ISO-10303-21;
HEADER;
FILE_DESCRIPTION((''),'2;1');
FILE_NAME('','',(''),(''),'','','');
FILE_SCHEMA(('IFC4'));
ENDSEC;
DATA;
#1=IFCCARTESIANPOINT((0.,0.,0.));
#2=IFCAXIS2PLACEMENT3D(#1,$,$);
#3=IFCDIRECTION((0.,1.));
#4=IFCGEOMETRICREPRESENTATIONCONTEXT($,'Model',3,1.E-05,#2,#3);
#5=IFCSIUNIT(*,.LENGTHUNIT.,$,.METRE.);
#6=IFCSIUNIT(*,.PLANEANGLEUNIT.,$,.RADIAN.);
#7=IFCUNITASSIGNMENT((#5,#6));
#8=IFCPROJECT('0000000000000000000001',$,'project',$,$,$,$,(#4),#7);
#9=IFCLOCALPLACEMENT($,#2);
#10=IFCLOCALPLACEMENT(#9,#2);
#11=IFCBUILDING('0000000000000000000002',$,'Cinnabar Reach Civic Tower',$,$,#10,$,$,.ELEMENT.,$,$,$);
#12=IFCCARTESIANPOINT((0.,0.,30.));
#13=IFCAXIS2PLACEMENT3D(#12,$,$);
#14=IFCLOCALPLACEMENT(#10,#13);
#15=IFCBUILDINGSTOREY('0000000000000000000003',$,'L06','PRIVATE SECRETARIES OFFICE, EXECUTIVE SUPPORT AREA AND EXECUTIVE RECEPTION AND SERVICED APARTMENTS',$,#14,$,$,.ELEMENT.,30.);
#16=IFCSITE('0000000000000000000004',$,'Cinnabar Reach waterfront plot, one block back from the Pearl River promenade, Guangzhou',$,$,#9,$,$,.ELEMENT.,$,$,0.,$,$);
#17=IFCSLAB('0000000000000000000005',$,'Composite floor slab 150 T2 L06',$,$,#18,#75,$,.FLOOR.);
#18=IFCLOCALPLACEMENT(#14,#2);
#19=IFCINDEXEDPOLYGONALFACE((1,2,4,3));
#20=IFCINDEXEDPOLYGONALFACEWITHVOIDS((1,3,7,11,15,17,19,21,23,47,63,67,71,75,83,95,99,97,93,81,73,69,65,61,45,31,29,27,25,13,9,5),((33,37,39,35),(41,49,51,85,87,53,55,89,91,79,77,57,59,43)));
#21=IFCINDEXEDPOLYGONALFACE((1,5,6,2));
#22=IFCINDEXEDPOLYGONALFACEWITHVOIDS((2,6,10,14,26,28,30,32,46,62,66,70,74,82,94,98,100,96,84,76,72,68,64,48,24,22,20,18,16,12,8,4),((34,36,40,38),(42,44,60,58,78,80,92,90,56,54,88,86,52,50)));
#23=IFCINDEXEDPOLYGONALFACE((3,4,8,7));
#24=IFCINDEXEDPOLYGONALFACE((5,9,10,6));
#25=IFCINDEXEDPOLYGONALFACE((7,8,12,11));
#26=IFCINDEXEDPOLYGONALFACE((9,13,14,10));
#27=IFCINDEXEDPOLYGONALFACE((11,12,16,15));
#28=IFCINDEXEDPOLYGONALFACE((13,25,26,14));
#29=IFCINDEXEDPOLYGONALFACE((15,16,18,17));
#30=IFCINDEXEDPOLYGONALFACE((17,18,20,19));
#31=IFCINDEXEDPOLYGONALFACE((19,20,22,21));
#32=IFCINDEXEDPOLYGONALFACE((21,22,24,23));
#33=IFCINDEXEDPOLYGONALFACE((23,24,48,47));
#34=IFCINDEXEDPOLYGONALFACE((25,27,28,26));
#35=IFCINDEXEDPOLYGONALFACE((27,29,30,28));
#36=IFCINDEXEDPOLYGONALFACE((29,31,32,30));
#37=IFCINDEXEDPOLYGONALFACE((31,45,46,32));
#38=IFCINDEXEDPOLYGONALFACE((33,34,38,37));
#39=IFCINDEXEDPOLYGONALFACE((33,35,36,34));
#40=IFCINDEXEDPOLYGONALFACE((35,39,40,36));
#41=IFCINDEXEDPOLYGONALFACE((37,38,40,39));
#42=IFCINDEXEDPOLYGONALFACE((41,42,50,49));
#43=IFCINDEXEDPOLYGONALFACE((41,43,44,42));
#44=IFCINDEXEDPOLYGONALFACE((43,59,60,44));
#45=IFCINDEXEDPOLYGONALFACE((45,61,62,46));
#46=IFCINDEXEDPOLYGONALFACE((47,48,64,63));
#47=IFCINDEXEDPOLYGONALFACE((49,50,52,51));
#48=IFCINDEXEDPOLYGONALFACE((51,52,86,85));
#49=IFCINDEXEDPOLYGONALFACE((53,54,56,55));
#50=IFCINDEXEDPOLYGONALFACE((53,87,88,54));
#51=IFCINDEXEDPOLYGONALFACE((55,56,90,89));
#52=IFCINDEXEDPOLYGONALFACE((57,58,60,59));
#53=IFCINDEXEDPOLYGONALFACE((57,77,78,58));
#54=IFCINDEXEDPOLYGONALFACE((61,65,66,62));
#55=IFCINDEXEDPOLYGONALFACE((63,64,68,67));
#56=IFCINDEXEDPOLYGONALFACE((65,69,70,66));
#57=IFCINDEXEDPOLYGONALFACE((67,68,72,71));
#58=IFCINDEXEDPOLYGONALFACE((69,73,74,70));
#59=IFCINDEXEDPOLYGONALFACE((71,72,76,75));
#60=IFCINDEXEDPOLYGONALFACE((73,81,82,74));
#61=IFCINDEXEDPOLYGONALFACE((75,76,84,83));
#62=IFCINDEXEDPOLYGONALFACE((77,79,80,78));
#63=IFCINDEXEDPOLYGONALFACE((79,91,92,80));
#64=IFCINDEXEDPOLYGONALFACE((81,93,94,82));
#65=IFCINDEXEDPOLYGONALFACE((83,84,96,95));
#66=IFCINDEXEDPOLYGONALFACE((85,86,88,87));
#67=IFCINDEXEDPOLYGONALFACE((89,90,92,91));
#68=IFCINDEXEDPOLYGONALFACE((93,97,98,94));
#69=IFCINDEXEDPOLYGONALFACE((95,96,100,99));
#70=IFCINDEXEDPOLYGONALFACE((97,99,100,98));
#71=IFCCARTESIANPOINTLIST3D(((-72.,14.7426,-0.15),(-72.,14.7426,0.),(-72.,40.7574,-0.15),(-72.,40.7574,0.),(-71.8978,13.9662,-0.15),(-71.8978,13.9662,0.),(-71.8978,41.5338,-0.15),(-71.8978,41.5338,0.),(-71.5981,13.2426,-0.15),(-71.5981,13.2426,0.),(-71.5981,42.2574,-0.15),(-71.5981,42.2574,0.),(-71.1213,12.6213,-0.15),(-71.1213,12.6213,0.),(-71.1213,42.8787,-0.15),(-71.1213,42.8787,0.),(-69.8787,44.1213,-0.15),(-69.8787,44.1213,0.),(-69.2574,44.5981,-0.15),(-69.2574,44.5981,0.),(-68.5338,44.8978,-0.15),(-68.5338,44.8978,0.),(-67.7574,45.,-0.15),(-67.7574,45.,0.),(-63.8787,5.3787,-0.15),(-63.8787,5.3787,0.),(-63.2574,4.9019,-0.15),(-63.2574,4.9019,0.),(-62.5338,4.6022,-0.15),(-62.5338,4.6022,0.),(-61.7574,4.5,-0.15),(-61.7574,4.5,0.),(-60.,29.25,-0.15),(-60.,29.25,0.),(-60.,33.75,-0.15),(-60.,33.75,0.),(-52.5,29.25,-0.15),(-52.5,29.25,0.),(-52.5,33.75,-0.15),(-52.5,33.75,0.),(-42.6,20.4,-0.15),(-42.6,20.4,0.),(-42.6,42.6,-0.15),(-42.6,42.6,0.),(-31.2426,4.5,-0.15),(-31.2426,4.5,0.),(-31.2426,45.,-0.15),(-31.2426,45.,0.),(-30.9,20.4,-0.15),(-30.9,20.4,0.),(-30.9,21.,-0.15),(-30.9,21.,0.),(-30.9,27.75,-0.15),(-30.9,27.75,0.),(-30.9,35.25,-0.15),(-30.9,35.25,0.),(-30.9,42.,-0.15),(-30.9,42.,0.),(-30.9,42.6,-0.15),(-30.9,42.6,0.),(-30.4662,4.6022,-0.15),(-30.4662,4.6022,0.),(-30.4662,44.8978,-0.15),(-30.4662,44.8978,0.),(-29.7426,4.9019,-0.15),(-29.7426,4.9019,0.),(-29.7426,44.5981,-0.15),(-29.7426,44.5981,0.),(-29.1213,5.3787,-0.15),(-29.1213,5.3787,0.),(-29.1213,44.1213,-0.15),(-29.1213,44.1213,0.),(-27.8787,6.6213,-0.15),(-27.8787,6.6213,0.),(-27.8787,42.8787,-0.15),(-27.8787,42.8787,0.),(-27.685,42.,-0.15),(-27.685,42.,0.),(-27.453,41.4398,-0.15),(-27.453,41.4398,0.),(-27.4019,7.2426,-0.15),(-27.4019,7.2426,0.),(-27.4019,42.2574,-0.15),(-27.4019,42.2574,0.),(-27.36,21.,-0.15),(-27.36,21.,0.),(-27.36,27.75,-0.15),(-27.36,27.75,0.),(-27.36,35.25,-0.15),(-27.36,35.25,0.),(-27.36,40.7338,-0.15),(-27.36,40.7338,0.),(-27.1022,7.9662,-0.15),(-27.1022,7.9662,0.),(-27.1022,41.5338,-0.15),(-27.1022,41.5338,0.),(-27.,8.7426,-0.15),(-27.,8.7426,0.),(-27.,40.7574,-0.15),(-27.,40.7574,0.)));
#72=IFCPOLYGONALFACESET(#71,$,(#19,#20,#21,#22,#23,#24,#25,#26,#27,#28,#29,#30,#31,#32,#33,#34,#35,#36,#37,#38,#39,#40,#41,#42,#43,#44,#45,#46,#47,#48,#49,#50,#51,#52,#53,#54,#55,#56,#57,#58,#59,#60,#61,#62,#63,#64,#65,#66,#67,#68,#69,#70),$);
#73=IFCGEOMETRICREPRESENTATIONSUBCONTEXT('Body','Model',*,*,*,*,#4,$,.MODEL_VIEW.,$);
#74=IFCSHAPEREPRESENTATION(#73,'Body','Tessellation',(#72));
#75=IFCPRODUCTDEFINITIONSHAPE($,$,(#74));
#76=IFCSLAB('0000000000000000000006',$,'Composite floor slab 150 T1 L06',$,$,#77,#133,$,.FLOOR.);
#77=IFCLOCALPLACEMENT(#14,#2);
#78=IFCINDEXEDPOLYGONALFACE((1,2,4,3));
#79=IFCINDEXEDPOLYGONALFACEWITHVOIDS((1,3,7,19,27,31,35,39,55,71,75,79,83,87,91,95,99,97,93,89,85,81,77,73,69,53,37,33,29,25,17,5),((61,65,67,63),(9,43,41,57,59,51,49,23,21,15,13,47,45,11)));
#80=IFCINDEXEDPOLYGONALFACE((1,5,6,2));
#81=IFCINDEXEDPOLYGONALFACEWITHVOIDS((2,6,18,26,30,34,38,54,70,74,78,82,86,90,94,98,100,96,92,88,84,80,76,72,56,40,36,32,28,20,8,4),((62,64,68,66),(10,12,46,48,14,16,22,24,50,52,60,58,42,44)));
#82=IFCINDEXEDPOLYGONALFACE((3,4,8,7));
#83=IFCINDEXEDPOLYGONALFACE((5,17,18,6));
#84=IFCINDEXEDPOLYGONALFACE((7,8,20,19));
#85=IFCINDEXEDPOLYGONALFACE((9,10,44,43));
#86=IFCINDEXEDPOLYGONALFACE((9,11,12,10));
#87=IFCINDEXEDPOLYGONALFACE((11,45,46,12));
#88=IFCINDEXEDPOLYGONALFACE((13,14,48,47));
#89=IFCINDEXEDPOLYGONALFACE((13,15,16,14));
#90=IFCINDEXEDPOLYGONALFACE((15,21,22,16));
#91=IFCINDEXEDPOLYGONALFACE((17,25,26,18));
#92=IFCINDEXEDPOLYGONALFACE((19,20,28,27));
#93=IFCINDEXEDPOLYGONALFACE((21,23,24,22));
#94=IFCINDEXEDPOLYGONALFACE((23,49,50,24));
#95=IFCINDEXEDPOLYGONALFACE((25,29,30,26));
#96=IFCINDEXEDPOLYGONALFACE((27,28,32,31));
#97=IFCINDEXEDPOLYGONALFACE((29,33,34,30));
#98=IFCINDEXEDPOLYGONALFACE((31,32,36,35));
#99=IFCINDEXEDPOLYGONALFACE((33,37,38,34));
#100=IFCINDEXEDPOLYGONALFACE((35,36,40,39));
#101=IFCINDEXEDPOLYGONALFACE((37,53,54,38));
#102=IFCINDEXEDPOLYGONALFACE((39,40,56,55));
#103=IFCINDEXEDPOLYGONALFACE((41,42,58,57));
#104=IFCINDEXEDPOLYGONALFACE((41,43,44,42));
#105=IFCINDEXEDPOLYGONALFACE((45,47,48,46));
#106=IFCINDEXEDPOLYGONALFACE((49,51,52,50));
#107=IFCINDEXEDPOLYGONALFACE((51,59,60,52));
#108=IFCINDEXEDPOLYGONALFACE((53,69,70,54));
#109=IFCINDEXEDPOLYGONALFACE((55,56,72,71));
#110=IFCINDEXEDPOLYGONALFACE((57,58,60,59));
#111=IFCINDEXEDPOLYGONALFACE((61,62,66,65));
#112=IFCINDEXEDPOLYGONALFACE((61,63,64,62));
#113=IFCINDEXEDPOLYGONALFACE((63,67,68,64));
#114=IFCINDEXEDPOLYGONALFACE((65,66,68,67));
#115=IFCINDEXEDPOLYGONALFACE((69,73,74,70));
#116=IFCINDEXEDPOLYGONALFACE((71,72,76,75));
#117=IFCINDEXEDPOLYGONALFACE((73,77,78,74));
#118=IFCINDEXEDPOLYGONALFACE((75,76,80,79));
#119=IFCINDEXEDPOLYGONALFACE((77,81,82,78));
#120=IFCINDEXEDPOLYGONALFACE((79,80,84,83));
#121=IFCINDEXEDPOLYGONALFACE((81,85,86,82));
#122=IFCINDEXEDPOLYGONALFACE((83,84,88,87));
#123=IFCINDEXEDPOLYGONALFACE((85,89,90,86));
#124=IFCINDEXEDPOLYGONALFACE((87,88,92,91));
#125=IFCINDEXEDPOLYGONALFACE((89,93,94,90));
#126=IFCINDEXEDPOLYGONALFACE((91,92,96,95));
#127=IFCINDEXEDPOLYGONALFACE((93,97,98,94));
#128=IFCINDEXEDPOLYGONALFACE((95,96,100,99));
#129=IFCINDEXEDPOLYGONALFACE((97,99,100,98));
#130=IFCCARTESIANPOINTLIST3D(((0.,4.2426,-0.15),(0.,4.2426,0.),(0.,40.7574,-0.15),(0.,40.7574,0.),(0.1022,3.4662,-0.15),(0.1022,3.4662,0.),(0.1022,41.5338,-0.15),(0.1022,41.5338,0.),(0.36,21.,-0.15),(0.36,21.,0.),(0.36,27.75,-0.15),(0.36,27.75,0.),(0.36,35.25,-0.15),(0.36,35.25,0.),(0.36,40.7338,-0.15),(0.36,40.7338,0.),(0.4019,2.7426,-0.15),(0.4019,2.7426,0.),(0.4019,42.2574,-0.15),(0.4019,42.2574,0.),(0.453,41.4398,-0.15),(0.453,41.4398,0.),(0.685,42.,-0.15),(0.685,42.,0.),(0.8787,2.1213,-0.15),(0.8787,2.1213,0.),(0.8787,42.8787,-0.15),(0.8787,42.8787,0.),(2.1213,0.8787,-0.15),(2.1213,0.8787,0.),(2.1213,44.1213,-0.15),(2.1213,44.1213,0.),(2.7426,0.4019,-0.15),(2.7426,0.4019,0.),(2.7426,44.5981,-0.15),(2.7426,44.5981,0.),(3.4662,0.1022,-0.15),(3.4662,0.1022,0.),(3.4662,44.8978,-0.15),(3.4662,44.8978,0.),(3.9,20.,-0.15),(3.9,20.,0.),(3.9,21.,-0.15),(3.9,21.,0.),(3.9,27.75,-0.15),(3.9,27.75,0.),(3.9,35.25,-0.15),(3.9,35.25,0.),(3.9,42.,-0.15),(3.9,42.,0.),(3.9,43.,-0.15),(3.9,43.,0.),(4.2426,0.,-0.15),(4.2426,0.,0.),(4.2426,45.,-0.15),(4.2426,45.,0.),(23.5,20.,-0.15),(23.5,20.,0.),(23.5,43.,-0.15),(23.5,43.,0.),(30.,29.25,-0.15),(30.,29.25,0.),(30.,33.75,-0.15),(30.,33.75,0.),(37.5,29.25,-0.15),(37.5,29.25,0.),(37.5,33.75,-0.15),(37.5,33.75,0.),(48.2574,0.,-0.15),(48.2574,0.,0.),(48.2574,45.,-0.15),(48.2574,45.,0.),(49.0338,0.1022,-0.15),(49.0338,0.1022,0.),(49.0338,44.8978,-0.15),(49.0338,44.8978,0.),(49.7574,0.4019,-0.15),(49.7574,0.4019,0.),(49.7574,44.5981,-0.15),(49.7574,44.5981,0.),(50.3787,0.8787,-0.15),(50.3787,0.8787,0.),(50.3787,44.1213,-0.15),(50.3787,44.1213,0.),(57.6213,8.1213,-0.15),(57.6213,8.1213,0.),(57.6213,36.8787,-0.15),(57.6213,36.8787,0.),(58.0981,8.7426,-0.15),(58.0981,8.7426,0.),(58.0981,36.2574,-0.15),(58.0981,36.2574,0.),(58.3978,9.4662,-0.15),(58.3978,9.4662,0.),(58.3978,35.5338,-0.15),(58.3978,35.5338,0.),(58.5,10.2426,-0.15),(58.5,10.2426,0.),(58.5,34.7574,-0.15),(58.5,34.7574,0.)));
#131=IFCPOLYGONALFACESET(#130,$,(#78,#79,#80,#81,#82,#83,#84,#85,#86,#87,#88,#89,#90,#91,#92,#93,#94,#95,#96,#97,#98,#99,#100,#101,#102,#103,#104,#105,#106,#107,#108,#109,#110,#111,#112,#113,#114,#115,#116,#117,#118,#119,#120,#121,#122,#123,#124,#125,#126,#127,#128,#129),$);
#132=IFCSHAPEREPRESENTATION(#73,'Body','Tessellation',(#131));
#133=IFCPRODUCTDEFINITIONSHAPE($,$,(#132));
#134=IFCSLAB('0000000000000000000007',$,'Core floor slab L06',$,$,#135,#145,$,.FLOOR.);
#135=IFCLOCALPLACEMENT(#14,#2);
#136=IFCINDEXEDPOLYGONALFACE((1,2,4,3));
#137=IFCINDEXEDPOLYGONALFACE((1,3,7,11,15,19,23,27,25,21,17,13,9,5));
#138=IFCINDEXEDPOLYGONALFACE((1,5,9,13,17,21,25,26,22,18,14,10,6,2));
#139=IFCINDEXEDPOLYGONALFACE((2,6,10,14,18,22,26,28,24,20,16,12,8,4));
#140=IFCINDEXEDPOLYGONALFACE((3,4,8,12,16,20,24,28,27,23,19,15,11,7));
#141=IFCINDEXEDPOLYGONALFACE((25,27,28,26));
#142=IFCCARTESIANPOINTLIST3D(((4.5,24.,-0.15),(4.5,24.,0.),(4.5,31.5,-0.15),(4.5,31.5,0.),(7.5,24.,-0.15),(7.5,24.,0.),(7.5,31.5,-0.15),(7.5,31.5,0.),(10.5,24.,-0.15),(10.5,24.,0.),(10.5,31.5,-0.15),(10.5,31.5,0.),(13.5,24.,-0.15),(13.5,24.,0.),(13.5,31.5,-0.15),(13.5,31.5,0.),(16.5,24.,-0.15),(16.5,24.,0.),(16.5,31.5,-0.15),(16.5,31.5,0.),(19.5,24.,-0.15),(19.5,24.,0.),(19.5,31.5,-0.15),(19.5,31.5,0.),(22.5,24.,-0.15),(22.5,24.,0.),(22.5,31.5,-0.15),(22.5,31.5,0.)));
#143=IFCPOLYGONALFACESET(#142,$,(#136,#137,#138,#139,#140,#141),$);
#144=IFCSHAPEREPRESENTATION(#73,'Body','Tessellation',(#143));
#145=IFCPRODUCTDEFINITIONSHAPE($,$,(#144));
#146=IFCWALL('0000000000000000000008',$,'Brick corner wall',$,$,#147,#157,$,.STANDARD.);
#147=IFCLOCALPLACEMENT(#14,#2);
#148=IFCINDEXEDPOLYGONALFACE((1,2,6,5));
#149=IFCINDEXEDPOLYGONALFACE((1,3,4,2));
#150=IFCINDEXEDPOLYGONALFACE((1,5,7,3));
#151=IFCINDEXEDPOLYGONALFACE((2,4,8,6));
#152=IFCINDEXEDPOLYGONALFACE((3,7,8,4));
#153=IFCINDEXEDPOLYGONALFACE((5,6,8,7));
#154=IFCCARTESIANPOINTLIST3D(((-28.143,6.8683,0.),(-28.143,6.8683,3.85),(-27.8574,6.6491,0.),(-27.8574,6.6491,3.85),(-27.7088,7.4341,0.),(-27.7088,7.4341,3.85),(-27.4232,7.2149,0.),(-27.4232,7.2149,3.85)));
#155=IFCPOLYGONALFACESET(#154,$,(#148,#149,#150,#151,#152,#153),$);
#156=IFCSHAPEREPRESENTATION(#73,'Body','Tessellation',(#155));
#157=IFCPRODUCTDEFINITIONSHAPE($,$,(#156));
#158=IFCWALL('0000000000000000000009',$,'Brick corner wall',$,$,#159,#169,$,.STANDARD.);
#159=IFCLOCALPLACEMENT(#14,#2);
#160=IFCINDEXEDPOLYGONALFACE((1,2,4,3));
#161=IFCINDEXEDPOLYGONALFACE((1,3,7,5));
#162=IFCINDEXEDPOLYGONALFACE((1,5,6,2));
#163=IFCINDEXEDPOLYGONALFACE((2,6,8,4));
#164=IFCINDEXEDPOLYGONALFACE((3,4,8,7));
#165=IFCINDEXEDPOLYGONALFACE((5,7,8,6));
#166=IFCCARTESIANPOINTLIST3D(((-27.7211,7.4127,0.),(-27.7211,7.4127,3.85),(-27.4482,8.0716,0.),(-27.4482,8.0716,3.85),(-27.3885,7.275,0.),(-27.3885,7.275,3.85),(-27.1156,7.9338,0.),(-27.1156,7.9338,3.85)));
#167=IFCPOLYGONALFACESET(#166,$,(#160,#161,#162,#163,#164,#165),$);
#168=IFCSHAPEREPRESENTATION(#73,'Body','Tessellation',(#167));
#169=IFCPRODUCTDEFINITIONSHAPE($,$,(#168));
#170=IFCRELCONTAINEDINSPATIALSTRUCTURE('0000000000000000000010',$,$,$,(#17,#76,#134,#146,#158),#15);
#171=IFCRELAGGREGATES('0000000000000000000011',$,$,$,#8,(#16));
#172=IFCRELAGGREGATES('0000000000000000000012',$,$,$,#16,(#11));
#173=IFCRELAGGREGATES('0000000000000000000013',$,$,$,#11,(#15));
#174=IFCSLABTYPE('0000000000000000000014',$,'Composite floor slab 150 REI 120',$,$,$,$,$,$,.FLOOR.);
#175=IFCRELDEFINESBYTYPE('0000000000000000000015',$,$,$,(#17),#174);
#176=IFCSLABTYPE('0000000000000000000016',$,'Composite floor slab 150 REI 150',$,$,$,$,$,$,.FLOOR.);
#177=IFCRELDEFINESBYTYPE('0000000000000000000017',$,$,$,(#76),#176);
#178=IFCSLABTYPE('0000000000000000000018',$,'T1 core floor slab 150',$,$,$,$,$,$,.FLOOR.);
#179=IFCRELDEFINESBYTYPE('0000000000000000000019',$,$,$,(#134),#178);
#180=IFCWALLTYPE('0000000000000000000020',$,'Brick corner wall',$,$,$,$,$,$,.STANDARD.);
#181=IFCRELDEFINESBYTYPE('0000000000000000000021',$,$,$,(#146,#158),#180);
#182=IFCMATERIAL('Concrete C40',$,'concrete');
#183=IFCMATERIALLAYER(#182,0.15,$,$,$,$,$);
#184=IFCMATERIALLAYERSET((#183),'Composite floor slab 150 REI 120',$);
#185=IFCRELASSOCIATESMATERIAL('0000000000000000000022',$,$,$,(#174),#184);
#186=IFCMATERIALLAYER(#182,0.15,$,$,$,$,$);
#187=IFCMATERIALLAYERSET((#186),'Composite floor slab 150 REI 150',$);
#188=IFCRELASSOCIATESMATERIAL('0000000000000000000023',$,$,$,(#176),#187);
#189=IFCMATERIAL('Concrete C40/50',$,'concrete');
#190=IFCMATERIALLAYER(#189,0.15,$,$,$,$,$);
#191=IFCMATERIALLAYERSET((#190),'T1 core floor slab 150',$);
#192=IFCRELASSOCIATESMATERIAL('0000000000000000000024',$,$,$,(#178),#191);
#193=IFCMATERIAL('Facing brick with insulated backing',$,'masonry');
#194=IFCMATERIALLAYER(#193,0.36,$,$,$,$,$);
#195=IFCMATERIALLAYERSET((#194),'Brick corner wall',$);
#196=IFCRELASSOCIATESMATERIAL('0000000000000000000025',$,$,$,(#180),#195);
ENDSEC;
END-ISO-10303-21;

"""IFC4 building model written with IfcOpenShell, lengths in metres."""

from ifc_helpers import new_model, si_unit, direction, frame, frame_2d, origin, place, context, subcontext, project, spatial, polyline, rectangle, outline, extrude, material, layer, layer_set, type_object, element, save


model = new_model("IFC4")

# Units and contexts
model_context = context("Model", 3, precision=1e-05, world=origin(), true_north=direction((0.0, 1.0)))
body_context = subcontext(model_context, "Body", "Model", "MODEL_VIEW")
ifc_project = project(units=[si_unit("LENGTHUNIT", "METRE"), si_unit("PLANEANGLEUNIT", "RADIAN")], contexts=[model_context])

# Site, building, storey
site_placement = place(None, origin())
site = spatial("IfcSite", under=ifc_project, at=site_placement, Name="Cinnabar Reach waterfront plot, one block back from the Pearl River promenade, Guangzhou", CompositionType="ELEMENT", RefElevation=0.0)
building_placement = place(site_placement, origin())
building = spatial("IfcBuilding", under=site, at=building_placement, Name="Cinnabar Reach Civic Tower", CompositionType="ELEMENT")
storey_placement = place(building_placement, frame((0.0, 0.0, 30.0)))
storey = spatial("IfcBuildingStorey", under=building, at=storey_placement, Name="L06", Description="PRIVATE SECRETARIES OFFICE, EXECUTIVE SUPPORT AREA AND EXECUTIVE RECEPTION AND SERVICED APARTMENTS", CompositionType="ELEMENT", Elevation=30.0)

# Shared definitions
ifc_material_1 = material(Name="Concrete C40", Category="concrete")

# Slabs
ifc_layer_1 = layer(ifc_material_1, 0.15)
ifc_layer_set_1 = layer_set([ifc_layer_1], Name="Composite floor slab 150 REI 120")
slab_type_1 = type_object("IfcSlabType", Name="Composite floor slab 150 REI 120", PredefinedType="FLOOR", material=ifc_layer_set_1)
slab_1_placement = place(storey_placement, frame((0.0, 0.0, -0.15)))
element("IfcSlab", 1, at=slab_1_placement, inside=storey, type_object=slab_type_1, Name="Composite floor slab 150 T2 L06", PredefinedType="FLOOR", context=body_context, shape_type="SweptSolid", body=[
    extrude(outline(polyline([(-71.1213, 12.6213), (-71.5981, 13.2426), (-71.8978, 13.9662), (-72.0, 14.7426), (-72.0, 40.7574), (-71.8978, 41.5338), (-71.5981, 42.2574), (-71.1213, 42.8787), (-69.8787, 44.1213), (-69.2574, 44.5981), (-68.5338, 44.8978), (-67.7574, 45.0), (-31.2426, 45.0), (-30.4662, 44.8978), (-29.7426, 44.5981), (-29.1213, 44.1213), (-27.8787, 42.8787), (-27.4019, 42.2574), (-27.1022, 41.5338), (-27.0, 40.7574), (-27.0, 8.7426), (-27.1022, 7.9662), (-27.4019, 7.2426), (-27.8787, 6.6213), (-29.1213, 5.3787), (-29.7426, 4.9019), (-30.4662, 4.6022), (-31.2426, 4.5), (-61.7574, 4.5), (-62.5338, 4.6022), (-63.2574, 4.9019), (-63.8787, 5.3787), (-71.1213, 12.6213)]), holes=[polyline([(-30.9, 27.75), (-30.9, 35.25), (-27.36, 35.25), (-27.36, 40.7338), (-27.453, 41.4398), (-27.685, 42.0), (-30.9, 42.0), (-30.9, 42.6), (-42.6, 42.6), (-42.6, 20.4), (-30.9, 20.4), (-30.9, 21.0), (-27.36, 21.0), (-27.36, 27.75), (-30.9, 27.75)]), polyline([(-60.0, 33.75), (-60.0, 29.25), (-52.5, 29.25), (-52.5, 33.75), (-60.0, 33.75)])]), origin(), (0.0, 0.0, 1.0), 0.15),
])
ifc_layer_2 = layer(ifc_material_1, 0.15)
ifc_layer_set_2 = layer_set([ifc_layer_2], Name="Composite floor slab 150 REI 150")
slab_type_2 = type_object("IfcSlabType", Name="Composite floor slab 150 REI 150", PredefinedType="FLOOR", material=ifc_layer_set_2)
slab_2_placement = place(storey_placement, frame((0.0, 0.0, -0.15)))
element("IfcSlab", 2, at=slab_2_placement, inside=storey, type_object=slab_type_2, Name="Composite floor slab 150 T1 L06", PredefinedType="FLOOR", context=body_context, shape_type="SweptSolid", body=[
    extrude(outline(polyline([(0.8787, 2.1213), (0.4019, 2.7426), (0.1022, 3.4662), (0.0, 4.2426), (0.0, 40.7574), (0.1022, 41.5338), (0.4019, 42.2574), (0.8787, 42.8787), (2.1213, 44.1213), (2.7426, 44.5981), (3.4662, 44.8978), (4.2426, 45.0), (48.2574, 45.0), (49.0338, 44.8978), (49.7574, 44.5981), (50.3787, 44.1213), (57.6213, 36.8787), (58.0981, 36.2574), (58.3978, 35.5338), (58.5, 34.7574), (58.5, 10.2426), (58.3978, 9.4662), (58.0981, 8.7426), (57.6213, 8.1213), (50.3787, 0.8787), (49.7574, 0.4019), (49.0338, 0.1022), (48.2574, 0.0), (4.2426, 0.0), (3.4662, 0.1022), (2.7426, 0.4019), (2.1213, 0.8787), (0.8787, 2.1213)]), holes=[polyline([(0.36, 21.0), (3.9, 21.0), (3.9, 20.0), (23.5, 20.0), (23.5, 43.0), (3.9, 43.0), (3.9, 42.0), (0.685, 42.0), (0.453, 41.4398), (0.36, 40.7338), (0.36, 35.25), (3.9, 35.25), (3.9, 27.75), (0.36, 27.75), (0.36, 21.0)]), polyline([(30.0, 33.75), (30.0, 29.25), (37.5, 29.25), (37.5, 33.75), (30.0, 33.75)])]), origin(), (0.0, 0.0, 1.0), 0.15),
])
ifc_material_2 = material(Name="Concrete C40/50", Category="concrete")
ifc_layer_3 = layer(ifc_material_2, 0.15)
ifc_layer_set_3 = layer_set([ifc_layer_3], Name="T1 core floor slab 150")
slab_type_3 = type_object("IfcSlabType", Name="T1 core floor slab 150", PredefinedType="FLOOR", material=ifc_layer_set_3)
slab_3_placement = place(storey_placement, frame((0.0, 0.0, -0.15)))
element("IfcSlab", 3, at=slab_3_placement, inside=storey, type_object=slab_type_3, Name="Core floor slab L06", PredefinedType="FLOOR", context=body_context, shape_type="SweptSolid", body=[
    extrude(outline(polyline([(22.5, 24.0), (19.5, 24.0), (16.5, 24.0), (13.5, 24.0), (10.5, 24.0), (7.5, 24.0), (4.5, 24.0), (4.5, 31.5), (7.5, 31.5), (10.5, 31.5), (13.5, 31.5), (16.5, 31.5), (19.5, 31.5), (22.5, 31.5), (22.5, 24.0)])), origin(), (0.0, 0.0, 1.0), 0.15),
])

# Walls
ifc_material_3 = material(Name="Facing brick with insulated backing", Category="masonry")
ifc_layer_4 = layer(ifc_material_3, 0.36)
ifc_layer_set_4 = layer_set([ifc_layer_4], Name="Brick corner wall")
wall_type_1 = type_object("IfcWallType", Name="Brick corner wall", PredefinedType="STANDARD", material=ifc_layer_set_4)
wall_1_placement = place(storey_placement, frame((-28.0002, 6.7587, 0.0), z_axis=(0.0, 0.0, 1.0), x_axis=(0.608802, 0.793322, 0.0)))
element("IfcWall", 4, at=wall_1_placement, inside=storey, type_object=wall_type_1, Name="Brick corner wall", PredefinedType="STANDARD", context=body_context, shape_type="SweptSolid", body=[
    extrude(rectangle(XDim=0.7132, YDim=0.36, at=frame_2d((0.3566, 0.0))), origin(), (0.0, 0.0, 1.0), 3.85),
])
for number, where, z_axis, x_axis, name in (
    (5, (-27.5548, 7.3439, 0.0), (0.0, 0.0, 1.0), (0.382703, 0.923872, 0.0), "Brick corner wall"),
):
    element("IfcWall", number, at=place(storey_placement, frame(where, z_axis=z_axis, x_axis=x_axis)), inside=storey, type_object=wall_type_1, Name=name, PredefinedType="STANDARD", context=body_context, shape_type="SweptSolid", body=[
        extrude(rectangle(XDim=0.7131, YDim=0.36, at=frame_2d((0.3565, 0.0))), origin(), (0.0, 0.0, 1.0), 3.85),
    ])

save(model, "model.ifc")
